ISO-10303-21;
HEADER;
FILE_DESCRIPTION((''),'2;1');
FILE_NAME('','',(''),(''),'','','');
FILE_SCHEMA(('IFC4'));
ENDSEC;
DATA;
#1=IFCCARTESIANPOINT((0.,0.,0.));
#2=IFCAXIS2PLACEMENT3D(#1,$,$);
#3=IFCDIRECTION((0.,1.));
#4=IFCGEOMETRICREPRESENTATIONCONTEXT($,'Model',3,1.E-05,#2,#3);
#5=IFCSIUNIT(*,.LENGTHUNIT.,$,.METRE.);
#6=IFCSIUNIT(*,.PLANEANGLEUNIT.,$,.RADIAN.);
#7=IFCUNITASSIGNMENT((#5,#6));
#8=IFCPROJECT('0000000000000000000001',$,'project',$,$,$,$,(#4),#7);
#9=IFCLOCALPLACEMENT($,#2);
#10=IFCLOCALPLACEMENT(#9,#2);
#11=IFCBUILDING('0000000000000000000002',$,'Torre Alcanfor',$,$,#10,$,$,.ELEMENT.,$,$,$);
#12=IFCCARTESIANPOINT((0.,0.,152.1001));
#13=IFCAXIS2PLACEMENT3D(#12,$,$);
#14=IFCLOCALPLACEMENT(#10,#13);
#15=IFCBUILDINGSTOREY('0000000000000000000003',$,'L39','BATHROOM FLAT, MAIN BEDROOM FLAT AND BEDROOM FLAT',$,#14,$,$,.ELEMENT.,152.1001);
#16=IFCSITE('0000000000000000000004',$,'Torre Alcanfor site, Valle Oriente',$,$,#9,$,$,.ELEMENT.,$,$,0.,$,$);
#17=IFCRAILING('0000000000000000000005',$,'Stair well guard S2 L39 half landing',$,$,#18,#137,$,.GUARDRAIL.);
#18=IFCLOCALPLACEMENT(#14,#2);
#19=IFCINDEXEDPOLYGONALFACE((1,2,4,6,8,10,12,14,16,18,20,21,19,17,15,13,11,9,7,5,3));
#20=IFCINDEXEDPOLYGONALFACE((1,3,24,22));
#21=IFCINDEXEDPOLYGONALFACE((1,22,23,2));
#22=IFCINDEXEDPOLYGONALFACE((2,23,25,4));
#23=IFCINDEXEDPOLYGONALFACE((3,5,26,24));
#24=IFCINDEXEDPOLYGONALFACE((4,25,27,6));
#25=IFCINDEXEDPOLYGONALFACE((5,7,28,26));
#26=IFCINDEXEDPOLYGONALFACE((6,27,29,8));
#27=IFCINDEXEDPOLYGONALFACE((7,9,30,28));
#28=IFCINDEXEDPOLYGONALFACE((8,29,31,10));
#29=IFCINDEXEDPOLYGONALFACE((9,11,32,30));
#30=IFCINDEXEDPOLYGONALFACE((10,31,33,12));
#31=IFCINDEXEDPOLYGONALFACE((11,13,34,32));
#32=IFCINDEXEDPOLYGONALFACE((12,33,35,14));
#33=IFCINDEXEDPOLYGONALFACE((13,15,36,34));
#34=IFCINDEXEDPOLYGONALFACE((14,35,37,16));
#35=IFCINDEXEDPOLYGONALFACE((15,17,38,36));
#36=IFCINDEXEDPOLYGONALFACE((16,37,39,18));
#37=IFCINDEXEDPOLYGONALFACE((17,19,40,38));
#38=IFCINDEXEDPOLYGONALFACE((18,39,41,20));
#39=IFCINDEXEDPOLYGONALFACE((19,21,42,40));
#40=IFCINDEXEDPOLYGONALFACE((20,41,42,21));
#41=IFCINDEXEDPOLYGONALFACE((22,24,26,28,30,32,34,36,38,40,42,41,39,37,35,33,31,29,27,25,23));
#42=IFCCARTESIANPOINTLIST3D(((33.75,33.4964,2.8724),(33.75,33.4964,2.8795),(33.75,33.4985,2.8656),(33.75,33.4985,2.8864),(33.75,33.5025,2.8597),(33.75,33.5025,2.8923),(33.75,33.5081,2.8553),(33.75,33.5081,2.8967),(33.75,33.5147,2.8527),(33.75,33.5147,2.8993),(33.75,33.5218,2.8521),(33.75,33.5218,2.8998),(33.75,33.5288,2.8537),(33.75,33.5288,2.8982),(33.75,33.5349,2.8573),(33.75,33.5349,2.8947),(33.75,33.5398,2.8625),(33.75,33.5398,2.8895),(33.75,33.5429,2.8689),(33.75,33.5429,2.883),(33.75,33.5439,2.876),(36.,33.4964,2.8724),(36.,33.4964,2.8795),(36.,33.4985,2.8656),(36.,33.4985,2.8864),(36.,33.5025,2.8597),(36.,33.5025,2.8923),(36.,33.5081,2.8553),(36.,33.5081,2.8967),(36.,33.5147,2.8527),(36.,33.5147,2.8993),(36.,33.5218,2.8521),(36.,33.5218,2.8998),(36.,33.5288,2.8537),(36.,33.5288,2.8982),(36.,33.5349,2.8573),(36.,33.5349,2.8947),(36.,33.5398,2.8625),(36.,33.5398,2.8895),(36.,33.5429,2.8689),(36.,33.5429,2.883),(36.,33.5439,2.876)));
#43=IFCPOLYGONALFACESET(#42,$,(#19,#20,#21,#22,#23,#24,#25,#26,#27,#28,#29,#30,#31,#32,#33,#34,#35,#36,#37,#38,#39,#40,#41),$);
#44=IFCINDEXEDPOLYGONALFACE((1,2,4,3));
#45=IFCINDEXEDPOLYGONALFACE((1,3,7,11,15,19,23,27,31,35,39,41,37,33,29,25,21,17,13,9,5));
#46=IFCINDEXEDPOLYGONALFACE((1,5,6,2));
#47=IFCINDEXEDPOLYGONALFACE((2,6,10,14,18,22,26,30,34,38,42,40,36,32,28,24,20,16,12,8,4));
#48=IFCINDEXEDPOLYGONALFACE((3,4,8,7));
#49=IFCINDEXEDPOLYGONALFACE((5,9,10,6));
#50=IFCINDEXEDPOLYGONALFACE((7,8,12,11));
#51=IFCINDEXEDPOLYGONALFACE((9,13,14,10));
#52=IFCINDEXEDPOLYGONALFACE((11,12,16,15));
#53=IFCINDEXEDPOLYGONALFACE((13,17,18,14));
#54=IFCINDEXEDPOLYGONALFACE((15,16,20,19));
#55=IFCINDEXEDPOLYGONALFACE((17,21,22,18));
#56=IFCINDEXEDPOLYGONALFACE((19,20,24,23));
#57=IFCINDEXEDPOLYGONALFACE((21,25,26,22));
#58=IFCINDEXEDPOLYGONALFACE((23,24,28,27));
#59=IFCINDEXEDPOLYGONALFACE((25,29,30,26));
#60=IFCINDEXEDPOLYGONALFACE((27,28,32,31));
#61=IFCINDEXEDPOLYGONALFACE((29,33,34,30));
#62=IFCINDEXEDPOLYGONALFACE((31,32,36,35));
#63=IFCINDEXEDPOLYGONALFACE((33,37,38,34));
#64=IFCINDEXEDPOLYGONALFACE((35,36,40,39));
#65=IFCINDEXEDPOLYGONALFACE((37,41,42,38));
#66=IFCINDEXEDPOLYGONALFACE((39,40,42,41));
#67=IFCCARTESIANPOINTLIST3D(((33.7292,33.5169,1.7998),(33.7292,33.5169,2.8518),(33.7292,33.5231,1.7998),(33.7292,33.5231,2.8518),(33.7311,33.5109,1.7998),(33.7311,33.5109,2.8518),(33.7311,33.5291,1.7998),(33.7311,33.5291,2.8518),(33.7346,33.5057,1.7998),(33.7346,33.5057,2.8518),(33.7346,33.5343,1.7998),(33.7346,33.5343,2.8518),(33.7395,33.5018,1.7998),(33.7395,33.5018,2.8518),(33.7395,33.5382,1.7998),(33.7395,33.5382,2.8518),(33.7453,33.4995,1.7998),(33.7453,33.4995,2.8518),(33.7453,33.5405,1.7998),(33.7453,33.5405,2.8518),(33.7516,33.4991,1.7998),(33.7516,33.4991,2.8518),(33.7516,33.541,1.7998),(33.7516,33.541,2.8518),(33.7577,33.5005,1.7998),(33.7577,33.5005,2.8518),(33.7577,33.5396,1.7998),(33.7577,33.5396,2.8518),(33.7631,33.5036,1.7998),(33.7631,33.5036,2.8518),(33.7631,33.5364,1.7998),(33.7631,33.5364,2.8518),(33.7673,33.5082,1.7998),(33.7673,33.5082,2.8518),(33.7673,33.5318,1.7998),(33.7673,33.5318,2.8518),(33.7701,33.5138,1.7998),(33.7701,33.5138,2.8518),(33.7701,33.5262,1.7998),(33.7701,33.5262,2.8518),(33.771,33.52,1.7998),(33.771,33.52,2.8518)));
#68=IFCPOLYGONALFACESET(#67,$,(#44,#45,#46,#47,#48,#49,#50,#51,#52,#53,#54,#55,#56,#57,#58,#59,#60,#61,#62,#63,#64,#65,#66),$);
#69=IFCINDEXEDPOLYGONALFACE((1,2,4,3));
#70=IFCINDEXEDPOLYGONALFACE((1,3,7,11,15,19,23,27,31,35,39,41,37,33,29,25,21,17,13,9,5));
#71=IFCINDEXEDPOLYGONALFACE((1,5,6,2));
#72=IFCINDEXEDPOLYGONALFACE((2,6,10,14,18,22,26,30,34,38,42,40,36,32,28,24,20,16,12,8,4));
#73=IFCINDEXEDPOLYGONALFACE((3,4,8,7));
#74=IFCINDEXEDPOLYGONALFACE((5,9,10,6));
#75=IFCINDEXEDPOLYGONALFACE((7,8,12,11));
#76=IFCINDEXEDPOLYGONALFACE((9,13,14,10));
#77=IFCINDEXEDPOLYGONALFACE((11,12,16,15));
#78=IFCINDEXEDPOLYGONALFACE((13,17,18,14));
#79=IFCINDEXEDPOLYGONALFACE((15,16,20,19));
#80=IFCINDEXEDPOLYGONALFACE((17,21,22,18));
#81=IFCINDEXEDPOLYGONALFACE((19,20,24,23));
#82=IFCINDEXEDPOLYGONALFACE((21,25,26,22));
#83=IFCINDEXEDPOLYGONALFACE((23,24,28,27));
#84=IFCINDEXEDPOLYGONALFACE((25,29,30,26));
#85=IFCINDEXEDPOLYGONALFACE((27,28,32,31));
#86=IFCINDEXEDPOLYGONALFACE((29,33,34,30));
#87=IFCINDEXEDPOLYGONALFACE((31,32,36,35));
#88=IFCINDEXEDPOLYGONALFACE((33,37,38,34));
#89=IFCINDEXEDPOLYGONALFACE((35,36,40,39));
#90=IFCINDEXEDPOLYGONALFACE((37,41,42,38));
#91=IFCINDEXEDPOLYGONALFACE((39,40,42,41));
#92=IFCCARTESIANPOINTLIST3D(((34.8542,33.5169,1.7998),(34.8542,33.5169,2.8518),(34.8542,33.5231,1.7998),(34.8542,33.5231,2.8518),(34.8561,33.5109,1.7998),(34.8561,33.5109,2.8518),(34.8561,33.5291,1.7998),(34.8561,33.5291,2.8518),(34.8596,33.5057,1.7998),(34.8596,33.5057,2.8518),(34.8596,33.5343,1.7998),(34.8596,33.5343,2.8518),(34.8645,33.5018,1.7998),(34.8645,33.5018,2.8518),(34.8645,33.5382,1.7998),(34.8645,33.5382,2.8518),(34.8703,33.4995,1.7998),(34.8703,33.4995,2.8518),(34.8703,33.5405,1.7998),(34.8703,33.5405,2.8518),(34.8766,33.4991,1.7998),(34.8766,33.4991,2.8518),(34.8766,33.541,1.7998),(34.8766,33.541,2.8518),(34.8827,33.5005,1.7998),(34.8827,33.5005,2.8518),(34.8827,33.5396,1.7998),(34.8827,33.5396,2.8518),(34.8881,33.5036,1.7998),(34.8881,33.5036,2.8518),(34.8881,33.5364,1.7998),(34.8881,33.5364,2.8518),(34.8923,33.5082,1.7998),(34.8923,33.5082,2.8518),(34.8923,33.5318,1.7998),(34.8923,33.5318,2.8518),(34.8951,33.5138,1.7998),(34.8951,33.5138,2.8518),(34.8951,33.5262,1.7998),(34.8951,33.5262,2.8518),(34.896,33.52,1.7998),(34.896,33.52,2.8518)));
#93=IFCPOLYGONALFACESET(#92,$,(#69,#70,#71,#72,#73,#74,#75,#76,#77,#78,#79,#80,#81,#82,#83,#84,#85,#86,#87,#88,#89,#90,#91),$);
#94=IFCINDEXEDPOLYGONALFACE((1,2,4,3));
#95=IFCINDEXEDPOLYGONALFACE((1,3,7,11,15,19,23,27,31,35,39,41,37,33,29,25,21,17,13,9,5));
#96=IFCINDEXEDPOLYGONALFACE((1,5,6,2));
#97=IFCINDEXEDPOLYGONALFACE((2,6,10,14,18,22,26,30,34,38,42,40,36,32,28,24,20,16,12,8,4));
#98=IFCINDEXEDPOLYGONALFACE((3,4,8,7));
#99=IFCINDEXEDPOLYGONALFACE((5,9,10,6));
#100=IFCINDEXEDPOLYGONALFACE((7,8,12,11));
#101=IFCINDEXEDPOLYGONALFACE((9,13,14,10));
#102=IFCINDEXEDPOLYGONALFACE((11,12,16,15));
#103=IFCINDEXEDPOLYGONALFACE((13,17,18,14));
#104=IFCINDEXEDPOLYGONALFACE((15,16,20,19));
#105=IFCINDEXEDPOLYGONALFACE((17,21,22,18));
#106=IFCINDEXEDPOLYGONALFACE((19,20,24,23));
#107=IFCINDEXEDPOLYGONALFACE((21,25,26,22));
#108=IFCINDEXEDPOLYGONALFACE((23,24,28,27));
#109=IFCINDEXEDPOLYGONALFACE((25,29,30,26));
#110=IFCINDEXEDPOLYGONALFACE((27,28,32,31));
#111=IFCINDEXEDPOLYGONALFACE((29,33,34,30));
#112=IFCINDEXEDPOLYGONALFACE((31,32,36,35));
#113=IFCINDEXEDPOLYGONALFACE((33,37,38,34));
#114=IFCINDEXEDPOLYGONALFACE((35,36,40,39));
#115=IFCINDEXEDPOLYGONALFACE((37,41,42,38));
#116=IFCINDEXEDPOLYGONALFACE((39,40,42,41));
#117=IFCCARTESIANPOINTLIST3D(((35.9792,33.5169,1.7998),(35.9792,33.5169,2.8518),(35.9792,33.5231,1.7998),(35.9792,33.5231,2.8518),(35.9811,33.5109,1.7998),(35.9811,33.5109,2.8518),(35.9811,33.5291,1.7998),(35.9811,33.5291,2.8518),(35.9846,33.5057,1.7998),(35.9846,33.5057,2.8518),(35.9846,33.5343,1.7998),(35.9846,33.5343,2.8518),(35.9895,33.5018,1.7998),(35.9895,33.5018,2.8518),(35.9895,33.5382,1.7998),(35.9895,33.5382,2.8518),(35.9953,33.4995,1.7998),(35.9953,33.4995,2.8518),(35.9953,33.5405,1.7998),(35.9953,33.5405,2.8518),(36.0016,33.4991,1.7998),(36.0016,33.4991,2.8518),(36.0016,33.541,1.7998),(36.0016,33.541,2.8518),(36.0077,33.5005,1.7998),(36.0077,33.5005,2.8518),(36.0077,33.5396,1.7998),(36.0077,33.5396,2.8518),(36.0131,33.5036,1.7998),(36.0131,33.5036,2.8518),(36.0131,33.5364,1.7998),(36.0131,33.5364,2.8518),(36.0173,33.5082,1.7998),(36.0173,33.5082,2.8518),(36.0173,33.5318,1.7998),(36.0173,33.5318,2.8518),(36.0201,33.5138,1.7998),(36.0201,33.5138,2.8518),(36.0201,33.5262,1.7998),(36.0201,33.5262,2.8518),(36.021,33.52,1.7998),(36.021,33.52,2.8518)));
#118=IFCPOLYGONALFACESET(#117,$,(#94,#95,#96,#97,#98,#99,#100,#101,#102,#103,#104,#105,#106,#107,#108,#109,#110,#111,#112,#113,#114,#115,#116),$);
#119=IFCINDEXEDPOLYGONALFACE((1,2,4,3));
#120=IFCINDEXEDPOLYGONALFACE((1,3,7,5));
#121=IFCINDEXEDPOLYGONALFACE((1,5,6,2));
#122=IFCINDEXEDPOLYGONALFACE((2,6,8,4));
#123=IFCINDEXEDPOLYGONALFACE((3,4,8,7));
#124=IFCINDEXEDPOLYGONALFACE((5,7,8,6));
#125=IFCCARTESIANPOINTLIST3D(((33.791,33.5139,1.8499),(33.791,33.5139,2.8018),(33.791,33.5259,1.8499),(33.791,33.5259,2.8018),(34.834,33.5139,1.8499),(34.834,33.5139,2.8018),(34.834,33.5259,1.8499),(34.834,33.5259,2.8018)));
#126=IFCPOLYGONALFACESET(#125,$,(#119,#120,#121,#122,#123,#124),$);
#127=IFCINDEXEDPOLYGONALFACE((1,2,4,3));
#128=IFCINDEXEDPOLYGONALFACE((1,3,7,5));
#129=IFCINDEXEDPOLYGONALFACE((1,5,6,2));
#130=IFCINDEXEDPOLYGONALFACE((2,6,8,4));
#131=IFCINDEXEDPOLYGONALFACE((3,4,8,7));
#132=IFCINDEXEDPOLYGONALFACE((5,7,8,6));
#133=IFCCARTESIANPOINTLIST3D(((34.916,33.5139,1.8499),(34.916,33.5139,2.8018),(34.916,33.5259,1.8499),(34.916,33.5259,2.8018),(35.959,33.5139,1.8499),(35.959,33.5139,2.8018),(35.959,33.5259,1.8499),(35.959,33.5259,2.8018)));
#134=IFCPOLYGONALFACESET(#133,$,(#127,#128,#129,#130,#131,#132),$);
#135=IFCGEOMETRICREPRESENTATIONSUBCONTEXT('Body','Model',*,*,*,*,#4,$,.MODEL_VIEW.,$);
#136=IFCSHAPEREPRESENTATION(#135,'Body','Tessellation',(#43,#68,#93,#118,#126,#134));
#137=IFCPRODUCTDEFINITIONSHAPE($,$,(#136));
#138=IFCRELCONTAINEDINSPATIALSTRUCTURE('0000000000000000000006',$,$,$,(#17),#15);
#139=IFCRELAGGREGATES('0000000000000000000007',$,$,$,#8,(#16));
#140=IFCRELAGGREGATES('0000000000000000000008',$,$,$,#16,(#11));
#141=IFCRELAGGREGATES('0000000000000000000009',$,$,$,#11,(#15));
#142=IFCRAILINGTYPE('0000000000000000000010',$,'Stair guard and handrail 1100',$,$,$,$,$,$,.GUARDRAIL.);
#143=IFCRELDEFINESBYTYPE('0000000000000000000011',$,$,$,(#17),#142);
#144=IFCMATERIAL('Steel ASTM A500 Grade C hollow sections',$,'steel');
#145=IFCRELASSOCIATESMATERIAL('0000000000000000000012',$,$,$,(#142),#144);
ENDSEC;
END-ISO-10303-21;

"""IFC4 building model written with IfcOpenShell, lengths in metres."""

from ifc_helpers import new_model, si_unit, direction, frame, origin, origin_2d, place, context, subcontext, project, spatial, polyline, circle, outline, extrude, material, type_object, element, save


model = new_model("IFC4")

# Units and contexts
model_context = context("Model", 3, precision=1e-05, world=origin(), true_north=direction((0.0, 1.0)))
body_context = subcontext(model_context, "Body", "Model", "MODEL_VIEW")
ifc_project = project(units=[si_unit("LENGTHUNIT", "METRE"), si_unit("PLANEANGLEUNIT", "RADIAN")], contexts=[model_context])

# Site, building, storey
site_placement = place(None, origin())
site = spatial("IfcSite", under=ifc_project, at=site_placement, Name="Torre Alcanfor site, Valle Oriente", CompositionType="ELEMENT", RefElevation=0.0)
building_placement = place(site_placement, origin())
building = spatial("IfcBuilding", under=site, at=building_placement, Name="Torre Alcanfor", CompositionType="ELEMENT")
storey_placement = place(building_placement, frame((0.0, 0.0, 152.1001)))
storey = spatial("IfcBuildingStorey", under=building, at=storey_placement, Name="L39", Description="BATHROOM FLAT, MAIN BEDROOM FLAT AND BEDROOM FLAT", CompositionType="ELEMENT", Elevation=152.1001)

# Railing
ifc_material_1 = material(Name="Steel ASTM A500 Grade C hollow sections", Category="steel")
railing_type_1 = type_object("IfcRailingType", Name="Stair guard and handrail 1100", PredefinedType="GUARDRAIL", material=ifc_material_1)
for number, where, name in (
    (1, (33.75, 33.52, 1.7998), "Stair well guard S2 L39 half landing"),
):
    element("IfcRailing", number, at=place(storey_placement, frame(where)), inside=storey, type_object=railing_type_1, Name=name, PredefinedType="GUARDRAIL", context=body_context, shape_type="SweptSolid", body=[
        extrude(circle(Radius=0.0239, at=origin_2d()), frame((0.0, 0.0, 1.0762), z_axis=(1.0, 0.0, 0.0), x_axis=(0.0, 1.0, 0.0)), (0.0, 0.0, 1.0), 2.25),
        extrude(circle(Radius=0.021, at=origin_2d()), origin(), (0.0, 0.0, 1.0), 1.052),
        extrude(circle(Radius=0.021, at=origin_2d()), frame((1.125, 0.0, 0.0)), (0.0, 0.0, 1.0), 1.052),
        extrude(circle(Radius=0.021, at=origin_2d()), frame((2.25, 0.0, 0.0)), (0.0, 0.0, 1.0), 1.052),
        extrude(outline(polyline([(0.041, 0.05), (1.084, 0.05), (1.084, 1.002), (0.041, 1.002), (0.041, 0.05)])), frame((0.0, 0.0059, 0.0), z_axis=(0.0, -1.0, 0.0), x_axis=(1.0, 0.0, 0.0)), (0.0, 0.0, 1.0), 0.012),
        extrude(outline(polyline([(1.166, 0.05), (2.209, 0.05), (2.209, 1.002), (1.166, 1.002), (1.166, 0.05)])), frame((0.0, 0.0059, 0.0), z_axis=(0.0, -1.0, 0.0), x_axis=(1.0, 0.0, 0.0)), (0.0, 0.0, 1.0), 0.012),
    ])

save(model, "model.ifc")
